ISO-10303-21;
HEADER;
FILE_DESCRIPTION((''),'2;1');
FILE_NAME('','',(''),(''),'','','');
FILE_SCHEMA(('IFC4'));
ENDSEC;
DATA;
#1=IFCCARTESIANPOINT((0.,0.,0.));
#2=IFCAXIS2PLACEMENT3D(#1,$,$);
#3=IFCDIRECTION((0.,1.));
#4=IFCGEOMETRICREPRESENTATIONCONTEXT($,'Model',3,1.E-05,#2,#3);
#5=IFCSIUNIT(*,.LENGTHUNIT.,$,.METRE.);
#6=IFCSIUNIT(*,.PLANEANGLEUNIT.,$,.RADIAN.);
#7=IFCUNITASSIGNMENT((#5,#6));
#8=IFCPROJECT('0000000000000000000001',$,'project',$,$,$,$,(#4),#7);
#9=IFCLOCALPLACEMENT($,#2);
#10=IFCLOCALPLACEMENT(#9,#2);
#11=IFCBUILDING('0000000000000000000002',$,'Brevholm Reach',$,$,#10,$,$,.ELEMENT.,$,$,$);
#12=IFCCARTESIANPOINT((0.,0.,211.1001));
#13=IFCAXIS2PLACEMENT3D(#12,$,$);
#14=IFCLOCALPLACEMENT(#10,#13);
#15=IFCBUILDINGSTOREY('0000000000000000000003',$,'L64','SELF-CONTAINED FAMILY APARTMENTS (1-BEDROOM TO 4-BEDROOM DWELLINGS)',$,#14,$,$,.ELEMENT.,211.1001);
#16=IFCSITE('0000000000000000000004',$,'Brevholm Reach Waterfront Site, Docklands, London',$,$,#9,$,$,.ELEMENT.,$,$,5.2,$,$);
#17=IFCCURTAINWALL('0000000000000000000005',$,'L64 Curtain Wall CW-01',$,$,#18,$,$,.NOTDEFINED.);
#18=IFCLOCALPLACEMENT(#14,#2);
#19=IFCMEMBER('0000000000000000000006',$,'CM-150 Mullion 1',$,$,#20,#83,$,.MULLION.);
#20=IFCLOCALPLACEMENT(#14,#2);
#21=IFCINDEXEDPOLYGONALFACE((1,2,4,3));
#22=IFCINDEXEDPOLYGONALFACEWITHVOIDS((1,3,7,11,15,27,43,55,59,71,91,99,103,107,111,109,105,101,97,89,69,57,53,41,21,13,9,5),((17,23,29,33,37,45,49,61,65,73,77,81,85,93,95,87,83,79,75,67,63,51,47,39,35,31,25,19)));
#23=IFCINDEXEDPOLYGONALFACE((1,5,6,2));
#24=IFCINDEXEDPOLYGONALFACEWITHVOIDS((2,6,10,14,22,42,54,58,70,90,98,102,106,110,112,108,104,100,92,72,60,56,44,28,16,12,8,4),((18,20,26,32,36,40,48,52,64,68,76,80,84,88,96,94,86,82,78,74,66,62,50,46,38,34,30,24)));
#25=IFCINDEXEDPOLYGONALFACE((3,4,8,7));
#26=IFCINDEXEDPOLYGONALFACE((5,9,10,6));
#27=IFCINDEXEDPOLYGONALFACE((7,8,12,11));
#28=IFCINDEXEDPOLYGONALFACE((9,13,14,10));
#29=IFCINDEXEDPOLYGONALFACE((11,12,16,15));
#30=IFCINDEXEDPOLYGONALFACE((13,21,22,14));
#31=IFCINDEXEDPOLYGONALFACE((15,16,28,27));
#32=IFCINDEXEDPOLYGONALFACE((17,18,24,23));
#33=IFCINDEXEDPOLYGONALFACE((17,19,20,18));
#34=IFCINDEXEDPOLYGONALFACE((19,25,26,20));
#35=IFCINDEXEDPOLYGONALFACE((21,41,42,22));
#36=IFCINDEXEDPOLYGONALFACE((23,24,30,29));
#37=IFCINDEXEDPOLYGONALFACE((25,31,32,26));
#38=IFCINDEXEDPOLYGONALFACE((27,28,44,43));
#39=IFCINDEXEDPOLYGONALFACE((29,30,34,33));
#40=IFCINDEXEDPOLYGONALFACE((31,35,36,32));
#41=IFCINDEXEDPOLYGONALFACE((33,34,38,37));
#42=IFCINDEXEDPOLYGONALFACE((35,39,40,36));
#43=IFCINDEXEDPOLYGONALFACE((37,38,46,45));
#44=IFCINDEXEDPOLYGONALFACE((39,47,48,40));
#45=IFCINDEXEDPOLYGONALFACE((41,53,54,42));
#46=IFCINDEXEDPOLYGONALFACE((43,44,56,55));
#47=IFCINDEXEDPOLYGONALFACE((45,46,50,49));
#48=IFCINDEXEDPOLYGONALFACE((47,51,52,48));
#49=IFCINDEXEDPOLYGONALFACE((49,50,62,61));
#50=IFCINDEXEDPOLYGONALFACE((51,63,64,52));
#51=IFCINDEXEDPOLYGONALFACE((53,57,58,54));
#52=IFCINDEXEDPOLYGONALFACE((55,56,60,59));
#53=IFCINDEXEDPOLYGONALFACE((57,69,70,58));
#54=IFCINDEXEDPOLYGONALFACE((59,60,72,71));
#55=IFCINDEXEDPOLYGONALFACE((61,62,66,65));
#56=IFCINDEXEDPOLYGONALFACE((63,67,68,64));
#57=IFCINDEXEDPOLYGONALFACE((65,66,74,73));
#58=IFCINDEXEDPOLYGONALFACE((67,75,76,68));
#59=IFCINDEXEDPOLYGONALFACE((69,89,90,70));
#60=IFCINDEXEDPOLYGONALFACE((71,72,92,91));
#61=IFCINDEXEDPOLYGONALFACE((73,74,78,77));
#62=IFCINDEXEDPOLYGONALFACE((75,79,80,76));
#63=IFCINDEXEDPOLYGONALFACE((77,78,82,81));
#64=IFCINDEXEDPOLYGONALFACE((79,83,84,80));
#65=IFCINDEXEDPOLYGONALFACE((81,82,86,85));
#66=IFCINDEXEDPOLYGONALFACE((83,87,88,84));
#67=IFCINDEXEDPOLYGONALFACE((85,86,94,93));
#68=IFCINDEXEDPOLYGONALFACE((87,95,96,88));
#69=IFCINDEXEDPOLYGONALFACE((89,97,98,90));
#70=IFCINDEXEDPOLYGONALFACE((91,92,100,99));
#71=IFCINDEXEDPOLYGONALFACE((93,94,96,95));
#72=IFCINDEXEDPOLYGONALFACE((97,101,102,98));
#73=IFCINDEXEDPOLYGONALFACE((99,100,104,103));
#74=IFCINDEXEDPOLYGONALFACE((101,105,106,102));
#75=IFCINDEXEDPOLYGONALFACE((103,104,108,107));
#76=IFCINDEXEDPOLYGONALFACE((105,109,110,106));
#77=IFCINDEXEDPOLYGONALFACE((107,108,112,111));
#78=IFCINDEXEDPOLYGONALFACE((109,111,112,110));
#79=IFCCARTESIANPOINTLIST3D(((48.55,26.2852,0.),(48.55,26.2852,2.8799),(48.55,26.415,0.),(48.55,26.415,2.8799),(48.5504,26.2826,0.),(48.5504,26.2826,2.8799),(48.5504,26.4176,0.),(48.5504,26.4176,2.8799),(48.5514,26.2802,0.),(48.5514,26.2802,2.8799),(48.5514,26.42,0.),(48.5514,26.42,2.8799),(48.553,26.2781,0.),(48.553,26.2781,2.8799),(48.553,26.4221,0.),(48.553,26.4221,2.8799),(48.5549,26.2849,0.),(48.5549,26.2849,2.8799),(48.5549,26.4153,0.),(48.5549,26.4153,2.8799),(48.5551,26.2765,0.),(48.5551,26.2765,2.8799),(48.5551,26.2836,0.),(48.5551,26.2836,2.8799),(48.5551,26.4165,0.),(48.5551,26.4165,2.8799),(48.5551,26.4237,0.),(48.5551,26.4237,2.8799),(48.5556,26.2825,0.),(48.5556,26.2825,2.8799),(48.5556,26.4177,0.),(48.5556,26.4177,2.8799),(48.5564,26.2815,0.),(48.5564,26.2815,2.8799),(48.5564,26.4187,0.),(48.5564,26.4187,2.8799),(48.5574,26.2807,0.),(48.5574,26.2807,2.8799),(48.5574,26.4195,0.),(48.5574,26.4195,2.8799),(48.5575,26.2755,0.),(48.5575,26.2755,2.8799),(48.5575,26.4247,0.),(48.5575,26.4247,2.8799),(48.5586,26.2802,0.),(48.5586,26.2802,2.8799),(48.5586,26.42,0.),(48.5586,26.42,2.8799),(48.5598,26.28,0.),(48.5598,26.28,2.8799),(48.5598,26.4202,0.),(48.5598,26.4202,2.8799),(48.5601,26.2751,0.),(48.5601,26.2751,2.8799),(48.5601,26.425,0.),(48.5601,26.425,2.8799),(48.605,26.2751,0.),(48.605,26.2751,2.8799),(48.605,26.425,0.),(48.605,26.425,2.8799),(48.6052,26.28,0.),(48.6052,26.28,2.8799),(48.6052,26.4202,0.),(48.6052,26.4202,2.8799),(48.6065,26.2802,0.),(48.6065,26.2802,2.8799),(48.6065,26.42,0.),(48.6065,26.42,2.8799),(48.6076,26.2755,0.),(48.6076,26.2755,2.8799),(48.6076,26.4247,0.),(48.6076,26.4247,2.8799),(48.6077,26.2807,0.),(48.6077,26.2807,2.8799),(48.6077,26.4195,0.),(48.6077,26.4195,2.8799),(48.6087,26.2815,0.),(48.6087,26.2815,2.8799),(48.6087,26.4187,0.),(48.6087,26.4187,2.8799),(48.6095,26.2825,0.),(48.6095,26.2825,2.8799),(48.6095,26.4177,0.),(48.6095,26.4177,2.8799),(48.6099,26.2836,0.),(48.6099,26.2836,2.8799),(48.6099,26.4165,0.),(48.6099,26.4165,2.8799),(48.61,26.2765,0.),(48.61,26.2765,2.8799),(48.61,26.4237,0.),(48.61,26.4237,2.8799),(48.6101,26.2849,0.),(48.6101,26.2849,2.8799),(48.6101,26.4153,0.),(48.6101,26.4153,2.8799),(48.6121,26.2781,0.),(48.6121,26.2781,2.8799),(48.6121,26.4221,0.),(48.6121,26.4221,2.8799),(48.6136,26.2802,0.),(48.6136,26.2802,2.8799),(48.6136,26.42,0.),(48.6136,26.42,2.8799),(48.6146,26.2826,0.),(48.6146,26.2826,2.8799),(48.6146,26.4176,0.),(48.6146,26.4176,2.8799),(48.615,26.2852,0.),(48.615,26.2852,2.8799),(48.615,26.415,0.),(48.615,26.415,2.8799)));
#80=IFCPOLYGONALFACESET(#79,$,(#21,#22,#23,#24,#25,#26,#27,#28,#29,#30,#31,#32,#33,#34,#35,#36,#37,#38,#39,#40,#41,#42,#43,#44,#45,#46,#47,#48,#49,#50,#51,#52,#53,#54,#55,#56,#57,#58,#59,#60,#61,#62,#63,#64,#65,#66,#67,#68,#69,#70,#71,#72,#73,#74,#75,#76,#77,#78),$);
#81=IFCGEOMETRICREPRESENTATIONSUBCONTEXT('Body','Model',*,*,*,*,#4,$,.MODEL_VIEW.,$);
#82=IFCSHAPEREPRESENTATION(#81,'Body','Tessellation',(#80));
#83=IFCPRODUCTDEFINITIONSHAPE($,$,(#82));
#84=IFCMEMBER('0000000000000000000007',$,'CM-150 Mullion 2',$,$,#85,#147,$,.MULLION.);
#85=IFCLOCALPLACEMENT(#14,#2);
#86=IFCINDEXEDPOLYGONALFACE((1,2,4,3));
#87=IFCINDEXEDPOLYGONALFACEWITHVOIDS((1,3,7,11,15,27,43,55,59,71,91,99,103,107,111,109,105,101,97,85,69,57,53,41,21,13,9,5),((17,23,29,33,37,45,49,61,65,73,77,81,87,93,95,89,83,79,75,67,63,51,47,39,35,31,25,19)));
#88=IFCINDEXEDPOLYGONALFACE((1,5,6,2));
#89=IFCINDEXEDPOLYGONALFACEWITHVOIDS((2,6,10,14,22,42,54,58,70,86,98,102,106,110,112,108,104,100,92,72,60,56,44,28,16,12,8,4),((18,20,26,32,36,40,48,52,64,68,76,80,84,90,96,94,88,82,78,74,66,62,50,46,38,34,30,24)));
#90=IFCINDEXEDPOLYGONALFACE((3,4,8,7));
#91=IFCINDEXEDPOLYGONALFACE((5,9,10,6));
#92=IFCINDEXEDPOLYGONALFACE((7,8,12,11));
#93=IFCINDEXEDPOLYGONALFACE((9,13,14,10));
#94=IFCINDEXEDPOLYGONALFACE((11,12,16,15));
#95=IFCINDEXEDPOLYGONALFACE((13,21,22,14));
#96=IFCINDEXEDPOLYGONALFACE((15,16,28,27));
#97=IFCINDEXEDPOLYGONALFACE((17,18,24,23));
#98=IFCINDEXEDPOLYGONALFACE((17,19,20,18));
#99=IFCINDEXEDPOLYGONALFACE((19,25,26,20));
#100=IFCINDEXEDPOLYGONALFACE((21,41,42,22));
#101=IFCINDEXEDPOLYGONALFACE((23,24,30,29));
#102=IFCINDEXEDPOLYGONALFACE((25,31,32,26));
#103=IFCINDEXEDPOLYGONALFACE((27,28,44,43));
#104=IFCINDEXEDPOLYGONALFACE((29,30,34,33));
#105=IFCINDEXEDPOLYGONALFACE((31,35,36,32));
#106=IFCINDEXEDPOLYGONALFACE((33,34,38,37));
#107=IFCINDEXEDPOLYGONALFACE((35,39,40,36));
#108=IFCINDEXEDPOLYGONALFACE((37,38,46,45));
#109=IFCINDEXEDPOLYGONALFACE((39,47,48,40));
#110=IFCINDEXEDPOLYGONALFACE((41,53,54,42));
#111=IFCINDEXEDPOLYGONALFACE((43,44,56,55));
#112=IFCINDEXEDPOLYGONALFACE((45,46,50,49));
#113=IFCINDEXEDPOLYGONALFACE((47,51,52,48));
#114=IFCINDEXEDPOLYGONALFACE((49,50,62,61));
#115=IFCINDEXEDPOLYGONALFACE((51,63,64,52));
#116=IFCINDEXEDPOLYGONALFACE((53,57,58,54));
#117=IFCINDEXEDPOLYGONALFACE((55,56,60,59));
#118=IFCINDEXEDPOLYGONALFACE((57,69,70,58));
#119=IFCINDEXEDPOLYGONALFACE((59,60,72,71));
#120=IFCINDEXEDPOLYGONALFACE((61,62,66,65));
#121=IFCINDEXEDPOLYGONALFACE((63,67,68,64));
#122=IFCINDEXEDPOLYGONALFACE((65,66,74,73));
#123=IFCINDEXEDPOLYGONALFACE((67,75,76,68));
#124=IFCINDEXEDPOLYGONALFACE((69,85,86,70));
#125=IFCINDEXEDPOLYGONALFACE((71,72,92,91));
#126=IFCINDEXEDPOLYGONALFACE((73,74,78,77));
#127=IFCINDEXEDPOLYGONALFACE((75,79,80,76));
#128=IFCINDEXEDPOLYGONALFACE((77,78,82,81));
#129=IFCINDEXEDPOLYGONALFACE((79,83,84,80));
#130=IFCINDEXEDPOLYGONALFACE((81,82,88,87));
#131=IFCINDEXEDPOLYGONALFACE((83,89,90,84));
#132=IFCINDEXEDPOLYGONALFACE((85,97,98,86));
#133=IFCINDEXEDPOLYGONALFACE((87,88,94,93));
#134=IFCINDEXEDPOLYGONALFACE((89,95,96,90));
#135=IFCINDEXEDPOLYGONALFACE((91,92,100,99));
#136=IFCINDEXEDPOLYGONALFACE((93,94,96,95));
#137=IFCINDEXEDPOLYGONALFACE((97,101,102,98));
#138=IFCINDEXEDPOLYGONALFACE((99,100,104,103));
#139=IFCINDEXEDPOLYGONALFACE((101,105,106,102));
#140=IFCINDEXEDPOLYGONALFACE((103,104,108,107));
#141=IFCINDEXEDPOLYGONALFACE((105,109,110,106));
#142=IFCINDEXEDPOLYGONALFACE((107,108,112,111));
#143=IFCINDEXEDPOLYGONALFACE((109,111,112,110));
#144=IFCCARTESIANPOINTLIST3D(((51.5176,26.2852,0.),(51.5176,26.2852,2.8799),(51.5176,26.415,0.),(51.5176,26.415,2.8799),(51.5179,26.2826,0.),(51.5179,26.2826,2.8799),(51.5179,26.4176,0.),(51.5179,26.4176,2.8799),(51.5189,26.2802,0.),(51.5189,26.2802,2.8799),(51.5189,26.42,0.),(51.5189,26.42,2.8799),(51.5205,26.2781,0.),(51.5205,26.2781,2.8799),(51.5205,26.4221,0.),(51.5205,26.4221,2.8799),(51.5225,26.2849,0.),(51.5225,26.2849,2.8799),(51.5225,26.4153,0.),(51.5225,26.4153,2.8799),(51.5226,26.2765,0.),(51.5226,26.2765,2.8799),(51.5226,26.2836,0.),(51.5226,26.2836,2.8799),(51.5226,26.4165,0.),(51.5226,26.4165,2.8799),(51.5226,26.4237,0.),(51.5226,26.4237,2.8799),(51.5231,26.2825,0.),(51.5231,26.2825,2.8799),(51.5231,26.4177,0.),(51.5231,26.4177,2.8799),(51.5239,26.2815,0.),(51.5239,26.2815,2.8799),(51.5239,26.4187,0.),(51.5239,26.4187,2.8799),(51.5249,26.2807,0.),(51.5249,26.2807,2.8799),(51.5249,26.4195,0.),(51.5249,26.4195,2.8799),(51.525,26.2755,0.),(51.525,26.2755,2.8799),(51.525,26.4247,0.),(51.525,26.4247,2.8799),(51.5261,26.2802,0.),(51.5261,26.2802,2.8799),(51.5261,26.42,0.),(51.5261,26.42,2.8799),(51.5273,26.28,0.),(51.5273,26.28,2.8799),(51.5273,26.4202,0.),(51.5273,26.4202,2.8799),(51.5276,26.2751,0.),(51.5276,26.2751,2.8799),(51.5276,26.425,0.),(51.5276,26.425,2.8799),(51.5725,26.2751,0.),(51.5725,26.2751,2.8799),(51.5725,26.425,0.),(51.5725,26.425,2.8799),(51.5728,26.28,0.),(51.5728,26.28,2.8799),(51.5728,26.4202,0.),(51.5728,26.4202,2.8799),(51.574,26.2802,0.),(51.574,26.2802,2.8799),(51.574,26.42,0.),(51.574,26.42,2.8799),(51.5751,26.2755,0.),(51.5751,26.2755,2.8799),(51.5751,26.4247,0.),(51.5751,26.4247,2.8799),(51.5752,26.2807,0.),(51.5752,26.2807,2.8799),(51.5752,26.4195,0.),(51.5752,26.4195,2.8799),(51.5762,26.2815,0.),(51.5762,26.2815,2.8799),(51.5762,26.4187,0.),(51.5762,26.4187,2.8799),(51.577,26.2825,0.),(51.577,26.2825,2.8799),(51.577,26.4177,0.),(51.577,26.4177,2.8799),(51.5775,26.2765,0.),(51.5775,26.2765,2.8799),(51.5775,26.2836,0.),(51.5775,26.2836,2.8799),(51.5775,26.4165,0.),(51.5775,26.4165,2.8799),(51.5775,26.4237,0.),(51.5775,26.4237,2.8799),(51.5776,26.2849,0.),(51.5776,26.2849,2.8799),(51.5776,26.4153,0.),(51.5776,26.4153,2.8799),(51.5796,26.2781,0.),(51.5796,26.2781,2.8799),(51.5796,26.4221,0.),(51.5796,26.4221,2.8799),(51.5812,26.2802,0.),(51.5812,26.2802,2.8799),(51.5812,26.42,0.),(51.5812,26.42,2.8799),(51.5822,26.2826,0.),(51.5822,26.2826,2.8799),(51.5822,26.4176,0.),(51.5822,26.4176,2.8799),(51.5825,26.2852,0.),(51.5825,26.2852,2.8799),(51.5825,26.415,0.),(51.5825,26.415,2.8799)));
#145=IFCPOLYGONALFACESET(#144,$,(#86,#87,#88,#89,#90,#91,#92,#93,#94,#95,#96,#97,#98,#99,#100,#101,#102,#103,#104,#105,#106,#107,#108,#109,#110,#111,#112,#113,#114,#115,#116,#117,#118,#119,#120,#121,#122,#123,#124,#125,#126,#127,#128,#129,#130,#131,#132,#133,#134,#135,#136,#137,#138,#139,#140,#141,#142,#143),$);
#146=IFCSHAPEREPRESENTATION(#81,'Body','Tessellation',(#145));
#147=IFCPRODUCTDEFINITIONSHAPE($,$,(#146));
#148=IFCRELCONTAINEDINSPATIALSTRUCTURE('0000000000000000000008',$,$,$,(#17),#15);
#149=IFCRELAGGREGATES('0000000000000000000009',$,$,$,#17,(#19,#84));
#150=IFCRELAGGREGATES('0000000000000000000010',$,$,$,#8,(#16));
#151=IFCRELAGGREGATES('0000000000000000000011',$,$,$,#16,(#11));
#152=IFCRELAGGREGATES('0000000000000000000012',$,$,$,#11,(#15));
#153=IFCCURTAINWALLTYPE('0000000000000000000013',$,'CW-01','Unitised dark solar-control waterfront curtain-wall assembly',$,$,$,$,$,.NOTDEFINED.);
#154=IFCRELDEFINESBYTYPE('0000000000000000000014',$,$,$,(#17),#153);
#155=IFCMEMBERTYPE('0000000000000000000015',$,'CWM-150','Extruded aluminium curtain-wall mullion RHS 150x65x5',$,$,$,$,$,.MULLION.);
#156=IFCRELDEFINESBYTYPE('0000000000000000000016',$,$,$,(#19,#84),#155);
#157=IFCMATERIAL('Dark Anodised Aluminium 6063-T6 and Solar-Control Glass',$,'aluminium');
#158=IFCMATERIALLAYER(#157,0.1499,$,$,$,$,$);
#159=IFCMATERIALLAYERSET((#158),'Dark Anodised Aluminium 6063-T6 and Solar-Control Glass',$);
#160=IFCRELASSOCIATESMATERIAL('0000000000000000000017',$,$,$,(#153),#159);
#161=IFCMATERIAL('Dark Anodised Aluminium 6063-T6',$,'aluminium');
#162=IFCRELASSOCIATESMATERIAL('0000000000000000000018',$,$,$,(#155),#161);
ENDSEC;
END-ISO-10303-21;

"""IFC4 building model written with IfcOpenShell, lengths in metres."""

from ifc_helpers import new_model, si_unit, direction, frame, origin, origin_2d, place, context, subcontext, project, spatial, hollow_rectangle, extrude, material, layer, layer_set, material_profile, profile_set, type_object, element, aggregate, save


model = new_model("IFC4")

# Units and contexts
model_context = context("Model", 3, precision=1e-05, world=origin(), true_north=direction((0.0, 1.0)))
body_context = subcontext(model_context, "Body", "Model", "MODEL_VIEW")
ifc_project = project(units=[si_unit("LENGTHUNIT", "METRE"), si_unit("PLANEANGLEUNIT", "RADIAN")], contexts=[model_context])

# Site, building, storey
site_placement = place(None, origin())
site = spatial("IfcSite", under=ifc_project, at=site_placement, Name="Brevholm Reach Waterfront Site, Docklands, London", CompositionType="ELEMENT", RefElevation=5.2)
building_placement = place(site_placement, origin())
building = spatial("IfcBuilding", under=site, at=building_placement, Name="Brevholm Reach", CompositionType="ELEMENT")
storey_placement = place(building_placement, frame((0.0, 0.0, 211.1001)))
storey = spatial("IfcBuildingStorey", under=building, at=storey_placement, Name="L64", Description="SELF-CONTAINED FAMILY APARTMENTS (1-BEDROOM TO 4-BEDROOM DWELLINGS)", CompositionType="ELEMENT", Elevation=211.1001)

# Curtain wall, members
ifc_material_1 = material(Name="Dark Anodised Aluminium 6063-T6 and Solar-Control Glass", Category="aluminium")
ifc_layer_1 = layer(ifc_material_1, 0.1499)
ifc_layer_set_1 = layer_set([ifc_layer_1], Name="Dark Anodised Aluminium 6063-T6 and Solar-Control Glass")
curtain_wall_type = type_object("IfcCurtainWallType", Name="CW-01", Description="Unitised dark solar-control waterfront curtain-wall assembly", PredefinedType="NOTDEFINED", material=ifc_layer_set_1)
curtain_wall_placement = place(storey_placement, origin())
curtain_wall = element("IfcCurtainWall", 1, at=curtain_wall_placement, inside=storey, type_object=curtain_wall_type, Name="L64 Curtain Wall CW-01", PredefinedType="NOTDEFINED")
ifc_material_2 = material(Name="Dark Anodised Aluminium 6063-T6", Category="aluminium")
ifc_material_profile_1 = material_profile(ifc_material_2, hollow_rectangle(XDim=0.0649, YDim=0.1499, WallThickness=0.0049, InnerFilletRadius=0.0049, OuterFilletRadius=0.01, at=origin_2d()), Name="RHS 150x65x5")
ifc_profile_set_1 = profile_set([ifc_material_profile_1], Name="Dark Anodised Aluminium 6063-T6")
member_type_1 = type_object("IfcMemberType", Name="CWM-150", Description="Extruded aluminium curtain-wall mullion RHS 150x65x5", PredefinedType="MULLION", material=ifc_profile_set_1)
member_1_placement = place(storey_placement, frame((48.5825, 26.3501, 0.0), z_axis=(0.0, 0.0, 1.0), x_axis=(1.0, 0.0, 0.0)))
member_1 = element("IfcMember", 2, at=member_1_placement, type_object=member_type_1, Name="CM-150 Mullion 1", PredefinedType="MULLION", context=body_context, shape_type="SweptSolid", body=[
    extrude(hollow_rectangle(XDim=0.0649, YDim=0.1499, WallThickness=0.0049, InnerFilletRadius=0.0049, OuterFilletRadius=0.01, at=origin_2d()), origin(), (0.0, 0.0, 1.0), 2.8799),
])
member_2_placement = place(storey_placement, frame((51.55, 26.3501, 0.0), z_axis=(0.0, 0.0, 1.0), x_axis=(1.0, 0.0, 0.0)))
member_2 = element("IfcMember", 3, at=member_2_placement, type_object=member_type_1, Name="CM-150 Mullion 2", PredefinedType="MULLION", context=body_context, shape_type="SweptSolid", body=[
    extrude(hollow_rectangle(XDim=0.0649, YDim=0.1499, WallThickness=0.0049, InnerFilletRadius=0.0049, OuterFilletRadius=0.01, at=origin_2d()), origin(), (0.0, 0.0, 1.0), 2.8799),
])
aggregate(curtain_wall, [member_1, member_2])

save(model, "model.ifc")
